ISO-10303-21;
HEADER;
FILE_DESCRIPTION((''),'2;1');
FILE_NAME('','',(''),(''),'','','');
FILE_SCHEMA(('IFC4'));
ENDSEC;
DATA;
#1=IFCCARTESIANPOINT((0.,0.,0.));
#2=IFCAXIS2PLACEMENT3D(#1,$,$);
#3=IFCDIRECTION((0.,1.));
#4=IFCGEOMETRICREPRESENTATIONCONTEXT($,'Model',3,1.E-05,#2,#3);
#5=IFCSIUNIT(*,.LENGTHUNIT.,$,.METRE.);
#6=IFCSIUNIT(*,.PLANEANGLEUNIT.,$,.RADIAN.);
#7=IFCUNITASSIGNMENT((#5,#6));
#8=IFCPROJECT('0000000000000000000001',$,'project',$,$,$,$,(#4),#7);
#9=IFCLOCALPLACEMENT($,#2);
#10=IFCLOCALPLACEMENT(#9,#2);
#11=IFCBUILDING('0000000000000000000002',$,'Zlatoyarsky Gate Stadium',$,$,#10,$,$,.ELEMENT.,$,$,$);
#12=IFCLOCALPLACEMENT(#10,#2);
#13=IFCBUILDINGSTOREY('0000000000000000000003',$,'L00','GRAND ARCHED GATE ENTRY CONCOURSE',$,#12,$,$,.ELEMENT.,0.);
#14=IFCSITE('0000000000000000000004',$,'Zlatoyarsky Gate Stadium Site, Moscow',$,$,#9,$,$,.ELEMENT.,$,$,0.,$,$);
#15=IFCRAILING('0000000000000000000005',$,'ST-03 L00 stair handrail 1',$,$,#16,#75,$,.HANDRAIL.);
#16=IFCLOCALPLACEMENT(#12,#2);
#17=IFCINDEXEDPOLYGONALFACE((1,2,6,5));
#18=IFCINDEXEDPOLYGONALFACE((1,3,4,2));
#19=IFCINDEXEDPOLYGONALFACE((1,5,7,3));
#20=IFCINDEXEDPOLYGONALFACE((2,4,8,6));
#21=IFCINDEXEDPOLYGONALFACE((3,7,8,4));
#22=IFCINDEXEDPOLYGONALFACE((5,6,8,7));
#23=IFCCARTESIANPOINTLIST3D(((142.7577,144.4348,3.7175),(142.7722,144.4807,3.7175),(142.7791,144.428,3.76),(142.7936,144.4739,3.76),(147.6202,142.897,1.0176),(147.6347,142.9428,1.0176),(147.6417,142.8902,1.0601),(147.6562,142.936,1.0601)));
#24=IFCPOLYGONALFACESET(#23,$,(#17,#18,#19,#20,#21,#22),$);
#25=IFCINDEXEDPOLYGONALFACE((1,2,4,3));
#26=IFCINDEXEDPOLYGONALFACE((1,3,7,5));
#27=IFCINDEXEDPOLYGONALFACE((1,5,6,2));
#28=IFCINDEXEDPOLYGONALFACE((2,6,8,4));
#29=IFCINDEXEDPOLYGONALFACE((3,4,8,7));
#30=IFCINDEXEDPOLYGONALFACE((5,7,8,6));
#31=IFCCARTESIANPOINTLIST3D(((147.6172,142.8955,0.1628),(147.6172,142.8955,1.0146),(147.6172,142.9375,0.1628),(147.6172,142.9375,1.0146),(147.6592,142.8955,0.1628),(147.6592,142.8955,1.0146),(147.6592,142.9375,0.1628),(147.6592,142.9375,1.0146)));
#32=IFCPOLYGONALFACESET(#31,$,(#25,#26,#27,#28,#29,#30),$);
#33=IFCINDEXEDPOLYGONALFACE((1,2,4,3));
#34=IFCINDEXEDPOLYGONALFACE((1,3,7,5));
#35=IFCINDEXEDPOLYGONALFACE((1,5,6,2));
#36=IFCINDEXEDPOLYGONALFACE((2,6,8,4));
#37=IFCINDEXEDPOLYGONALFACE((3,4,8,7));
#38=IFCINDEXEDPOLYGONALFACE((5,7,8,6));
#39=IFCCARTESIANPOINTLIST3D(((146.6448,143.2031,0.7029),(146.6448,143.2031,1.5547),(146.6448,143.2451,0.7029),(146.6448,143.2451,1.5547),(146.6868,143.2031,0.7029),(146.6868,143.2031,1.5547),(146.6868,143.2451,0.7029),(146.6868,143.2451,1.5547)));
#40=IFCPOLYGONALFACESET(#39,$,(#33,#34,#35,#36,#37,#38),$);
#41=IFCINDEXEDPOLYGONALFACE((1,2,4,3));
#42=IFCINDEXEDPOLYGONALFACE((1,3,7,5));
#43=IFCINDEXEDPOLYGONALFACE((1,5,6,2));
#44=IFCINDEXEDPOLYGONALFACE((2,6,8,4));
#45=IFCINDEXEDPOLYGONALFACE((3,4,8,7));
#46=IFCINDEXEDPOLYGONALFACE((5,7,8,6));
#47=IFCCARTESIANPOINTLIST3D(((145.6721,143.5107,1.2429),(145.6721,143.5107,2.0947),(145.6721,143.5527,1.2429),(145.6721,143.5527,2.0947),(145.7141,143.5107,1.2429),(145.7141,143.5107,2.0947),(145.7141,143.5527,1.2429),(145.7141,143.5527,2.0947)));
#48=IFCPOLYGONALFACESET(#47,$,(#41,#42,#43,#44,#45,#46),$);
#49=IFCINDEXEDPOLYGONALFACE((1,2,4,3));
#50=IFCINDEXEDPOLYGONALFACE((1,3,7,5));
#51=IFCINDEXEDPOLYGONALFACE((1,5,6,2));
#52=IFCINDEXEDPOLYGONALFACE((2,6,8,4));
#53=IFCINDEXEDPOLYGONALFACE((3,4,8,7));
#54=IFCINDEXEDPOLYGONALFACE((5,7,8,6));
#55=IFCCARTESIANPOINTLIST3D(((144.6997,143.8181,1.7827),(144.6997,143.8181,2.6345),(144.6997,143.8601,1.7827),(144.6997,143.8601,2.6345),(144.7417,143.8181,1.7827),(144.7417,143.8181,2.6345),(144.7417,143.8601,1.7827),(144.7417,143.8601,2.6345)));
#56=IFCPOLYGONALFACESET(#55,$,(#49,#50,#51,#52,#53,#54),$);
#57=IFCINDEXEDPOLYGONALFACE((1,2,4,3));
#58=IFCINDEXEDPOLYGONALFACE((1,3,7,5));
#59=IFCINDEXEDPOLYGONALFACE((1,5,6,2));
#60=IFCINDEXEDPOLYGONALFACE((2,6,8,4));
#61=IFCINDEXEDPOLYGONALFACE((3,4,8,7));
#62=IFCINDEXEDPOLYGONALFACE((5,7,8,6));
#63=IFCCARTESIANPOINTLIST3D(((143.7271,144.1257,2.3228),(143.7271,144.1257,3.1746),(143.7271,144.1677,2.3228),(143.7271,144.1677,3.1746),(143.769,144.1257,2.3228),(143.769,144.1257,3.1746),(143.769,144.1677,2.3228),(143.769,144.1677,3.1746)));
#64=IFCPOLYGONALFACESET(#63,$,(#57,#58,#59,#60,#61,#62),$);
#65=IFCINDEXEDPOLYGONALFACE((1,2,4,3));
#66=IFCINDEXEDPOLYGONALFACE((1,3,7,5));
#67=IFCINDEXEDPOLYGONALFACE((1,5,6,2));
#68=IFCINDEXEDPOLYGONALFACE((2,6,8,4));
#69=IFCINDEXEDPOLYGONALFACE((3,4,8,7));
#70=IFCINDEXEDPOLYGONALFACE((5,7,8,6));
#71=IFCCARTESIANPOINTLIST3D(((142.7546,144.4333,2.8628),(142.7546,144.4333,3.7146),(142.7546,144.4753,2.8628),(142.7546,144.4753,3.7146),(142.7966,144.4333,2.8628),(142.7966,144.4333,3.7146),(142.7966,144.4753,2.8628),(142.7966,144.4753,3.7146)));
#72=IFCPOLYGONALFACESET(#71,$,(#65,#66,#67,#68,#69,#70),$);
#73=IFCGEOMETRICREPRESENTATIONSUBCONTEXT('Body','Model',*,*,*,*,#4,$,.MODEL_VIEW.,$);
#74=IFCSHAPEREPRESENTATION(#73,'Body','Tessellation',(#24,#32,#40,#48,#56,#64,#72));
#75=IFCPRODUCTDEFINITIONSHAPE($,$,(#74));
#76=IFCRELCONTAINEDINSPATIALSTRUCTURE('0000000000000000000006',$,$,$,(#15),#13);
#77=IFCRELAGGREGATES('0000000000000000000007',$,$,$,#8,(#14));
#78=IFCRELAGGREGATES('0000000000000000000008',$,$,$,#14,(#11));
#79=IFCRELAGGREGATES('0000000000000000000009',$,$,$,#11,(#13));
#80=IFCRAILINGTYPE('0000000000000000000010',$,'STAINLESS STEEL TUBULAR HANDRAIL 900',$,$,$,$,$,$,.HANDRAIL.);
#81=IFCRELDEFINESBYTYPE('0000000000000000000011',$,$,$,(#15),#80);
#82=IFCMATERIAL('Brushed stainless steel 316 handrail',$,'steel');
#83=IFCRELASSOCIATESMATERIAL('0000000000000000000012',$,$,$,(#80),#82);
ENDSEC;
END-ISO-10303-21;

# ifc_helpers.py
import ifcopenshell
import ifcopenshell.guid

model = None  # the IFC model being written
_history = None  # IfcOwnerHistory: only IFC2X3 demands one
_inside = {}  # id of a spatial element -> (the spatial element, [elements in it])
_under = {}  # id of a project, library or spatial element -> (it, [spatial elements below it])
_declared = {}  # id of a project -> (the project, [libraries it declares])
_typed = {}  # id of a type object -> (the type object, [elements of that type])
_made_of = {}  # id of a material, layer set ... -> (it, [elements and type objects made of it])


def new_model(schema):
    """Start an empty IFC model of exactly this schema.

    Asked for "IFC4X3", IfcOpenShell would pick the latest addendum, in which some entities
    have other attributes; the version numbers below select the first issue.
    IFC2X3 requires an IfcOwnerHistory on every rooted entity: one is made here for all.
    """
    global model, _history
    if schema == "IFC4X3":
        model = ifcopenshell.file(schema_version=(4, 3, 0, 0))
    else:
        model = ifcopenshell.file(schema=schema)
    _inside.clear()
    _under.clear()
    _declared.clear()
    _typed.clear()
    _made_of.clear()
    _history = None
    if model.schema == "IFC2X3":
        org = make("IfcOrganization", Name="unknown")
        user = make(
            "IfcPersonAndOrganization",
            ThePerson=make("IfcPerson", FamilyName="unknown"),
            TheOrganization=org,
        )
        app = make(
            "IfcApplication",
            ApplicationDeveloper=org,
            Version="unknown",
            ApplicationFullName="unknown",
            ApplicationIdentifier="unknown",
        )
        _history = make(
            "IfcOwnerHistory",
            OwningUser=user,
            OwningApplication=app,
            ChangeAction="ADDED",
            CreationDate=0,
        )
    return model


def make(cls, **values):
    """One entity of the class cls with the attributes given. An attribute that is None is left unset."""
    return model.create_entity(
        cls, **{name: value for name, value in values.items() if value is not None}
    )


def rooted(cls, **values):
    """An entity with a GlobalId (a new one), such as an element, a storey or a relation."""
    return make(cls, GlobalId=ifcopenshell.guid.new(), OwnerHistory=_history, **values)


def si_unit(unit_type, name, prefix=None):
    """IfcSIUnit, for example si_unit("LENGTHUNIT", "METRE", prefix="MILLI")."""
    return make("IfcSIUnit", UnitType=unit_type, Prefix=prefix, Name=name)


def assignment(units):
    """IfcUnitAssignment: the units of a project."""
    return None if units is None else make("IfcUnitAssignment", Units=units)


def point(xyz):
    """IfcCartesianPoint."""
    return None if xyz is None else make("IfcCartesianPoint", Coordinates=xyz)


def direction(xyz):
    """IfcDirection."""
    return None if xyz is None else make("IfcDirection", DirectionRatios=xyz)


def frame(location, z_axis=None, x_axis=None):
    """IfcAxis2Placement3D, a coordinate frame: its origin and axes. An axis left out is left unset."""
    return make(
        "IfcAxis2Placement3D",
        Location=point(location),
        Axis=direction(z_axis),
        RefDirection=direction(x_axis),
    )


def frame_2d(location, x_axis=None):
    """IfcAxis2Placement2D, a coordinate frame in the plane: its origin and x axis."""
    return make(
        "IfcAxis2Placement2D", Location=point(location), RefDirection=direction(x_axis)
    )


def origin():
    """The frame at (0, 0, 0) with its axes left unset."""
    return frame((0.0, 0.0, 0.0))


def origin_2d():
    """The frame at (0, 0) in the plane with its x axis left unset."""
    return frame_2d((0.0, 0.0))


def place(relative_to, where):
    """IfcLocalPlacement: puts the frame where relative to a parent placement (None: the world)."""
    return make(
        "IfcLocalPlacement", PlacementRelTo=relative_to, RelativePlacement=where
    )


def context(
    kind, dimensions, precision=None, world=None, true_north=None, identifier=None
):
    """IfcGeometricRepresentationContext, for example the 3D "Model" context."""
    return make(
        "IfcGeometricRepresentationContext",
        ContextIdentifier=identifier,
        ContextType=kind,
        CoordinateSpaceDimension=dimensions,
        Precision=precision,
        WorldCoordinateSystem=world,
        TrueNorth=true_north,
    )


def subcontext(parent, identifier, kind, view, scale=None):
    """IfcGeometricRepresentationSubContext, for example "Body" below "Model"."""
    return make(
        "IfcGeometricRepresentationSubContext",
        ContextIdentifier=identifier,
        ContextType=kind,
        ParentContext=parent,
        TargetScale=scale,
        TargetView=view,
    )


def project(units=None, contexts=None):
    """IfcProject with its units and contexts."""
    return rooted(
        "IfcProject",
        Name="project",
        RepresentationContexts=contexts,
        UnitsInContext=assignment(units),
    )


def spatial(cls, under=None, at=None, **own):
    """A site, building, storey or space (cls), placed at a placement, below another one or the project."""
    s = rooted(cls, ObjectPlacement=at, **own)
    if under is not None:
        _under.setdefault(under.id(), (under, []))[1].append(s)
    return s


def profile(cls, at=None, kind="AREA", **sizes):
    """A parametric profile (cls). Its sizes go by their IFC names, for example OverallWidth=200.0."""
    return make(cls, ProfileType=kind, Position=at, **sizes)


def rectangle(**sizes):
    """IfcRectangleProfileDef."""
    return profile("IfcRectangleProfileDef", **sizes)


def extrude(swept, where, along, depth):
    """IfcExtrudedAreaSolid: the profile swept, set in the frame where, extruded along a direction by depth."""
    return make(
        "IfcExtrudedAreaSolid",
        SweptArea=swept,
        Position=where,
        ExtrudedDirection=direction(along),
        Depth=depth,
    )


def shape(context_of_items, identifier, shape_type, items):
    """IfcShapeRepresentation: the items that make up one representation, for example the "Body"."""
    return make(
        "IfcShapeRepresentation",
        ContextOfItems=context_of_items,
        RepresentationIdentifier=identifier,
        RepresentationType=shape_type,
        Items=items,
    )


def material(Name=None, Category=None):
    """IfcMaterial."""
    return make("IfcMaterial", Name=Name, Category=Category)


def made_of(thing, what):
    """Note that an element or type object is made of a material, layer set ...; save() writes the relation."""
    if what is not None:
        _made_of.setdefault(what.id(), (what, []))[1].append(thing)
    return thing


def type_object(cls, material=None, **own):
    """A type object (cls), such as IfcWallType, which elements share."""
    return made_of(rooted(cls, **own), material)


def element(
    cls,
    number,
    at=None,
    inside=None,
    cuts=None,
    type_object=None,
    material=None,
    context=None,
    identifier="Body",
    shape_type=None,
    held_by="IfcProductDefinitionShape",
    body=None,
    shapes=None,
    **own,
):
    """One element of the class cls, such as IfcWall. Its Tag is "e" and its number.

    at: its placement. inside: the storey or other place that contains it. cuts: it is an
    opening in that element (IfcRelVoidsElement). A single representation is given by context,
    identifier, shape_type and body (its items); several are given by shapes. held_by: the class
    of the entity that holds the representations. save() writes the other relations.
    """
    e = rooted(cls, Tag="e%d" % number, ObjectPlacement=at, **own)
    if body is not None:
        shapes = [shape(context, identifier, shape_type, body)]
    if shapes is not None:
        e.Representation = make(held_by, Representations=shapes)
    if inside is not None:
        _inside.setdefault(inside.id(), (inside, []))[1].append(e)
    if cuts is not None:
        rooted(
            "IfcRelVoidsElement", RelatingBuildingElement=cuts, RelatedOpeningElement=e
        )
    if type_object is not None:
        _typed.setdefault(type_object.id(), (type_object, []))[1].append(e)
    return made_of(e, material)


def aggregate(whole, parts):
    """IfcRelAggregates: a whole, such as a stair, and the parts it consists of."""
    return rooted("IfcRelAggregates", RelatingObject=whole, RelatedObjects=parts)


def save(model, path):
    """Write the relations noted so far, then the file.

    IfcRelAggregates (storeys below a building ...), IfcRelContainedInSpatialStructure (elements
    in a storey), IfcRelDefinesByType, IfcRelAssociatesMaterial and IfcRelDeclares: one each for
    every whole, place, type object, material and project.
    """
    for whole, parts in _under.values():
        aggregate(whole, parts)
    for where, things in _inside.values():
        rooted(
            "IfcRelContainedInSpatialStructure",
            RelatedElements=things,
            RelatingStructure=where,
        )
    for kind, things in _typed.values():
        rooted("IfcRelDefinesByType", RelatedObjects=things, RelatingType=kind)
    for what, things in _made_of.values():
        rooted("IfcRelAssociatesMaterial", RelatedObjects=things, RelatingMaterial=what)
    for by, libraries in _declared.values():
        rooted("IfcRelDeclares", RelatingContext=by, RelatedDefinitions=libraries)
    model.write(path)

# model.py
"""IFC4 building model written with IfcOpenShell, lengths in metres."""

from ifc_helpers import new_model, si_unit, direction, frame, origin, origin_2d, place, context, subcontext, project, spatial, rectangle, extrude, material, type_object, element, save


model = new_model("IFC4")

# Units and contexts
model_context = context("Model", 3, precision=1e-05, world=origin(), true_north=direction((0.0, 1.0)))
body_context = subcontext(model_context, "Body", "Model", "MODEL_VIEW")
ifc_project = project(units=[si_unit("LENGTHUNIT", "METRE"), si_unit("PLANEANGLEUNIT", "RADIAN")], contexts=[model_context])

# Site, building, storey
site_placement = place(None, origin())
site = spatial("IfcSite", under=ifc_project, at=site_placement, Name="Zlatoyarsky Gate Stadium Site, Moscow", CompositionType="ELEMENT", RefElevation=0.0)
building_placement = place(site_placement, origin())
building = spatial("IfcBuilding", under=site, at=building_placement, Name="Zlatoyarsky Gate Stadium", CompositionType="ELEMENT")
storey_placement = place(building_placement, origin())
storey = spatial("IfcBuildingStorey", under=building, at=storey_placement, Name="L00", Description="GRAND ARCHED GATE ENTRY CONCOURSE", CompositionType="ELEMENT", Elevation=0.0)

# Railing
ifc_material_1 = material(Name="Brushed stainless steel 316 handrail", Category="steel")
railing_type_1 = type_object("IfcRailingType", Name="STAINLESS STEEL TUBULAR HANDRAIL 900", PredefinedType="HANDRAIL", material=ifc_material_1)
railing_1_placement = place(storey_placement, frame((147.6382, 142.9165, 0.1628)))
element("IfcRailing", 1, at=railing_1_placement, inside=storey, type_object=railing_type_1, Name="ST-03 L00 stair handrail 1", PredefinedType="HANDRAIL", context=body_context, shape_type="SweptSolid", body=[
    extrude(rectangle(XDim=0.0481, YDim=0.0481, at=origin_2d()), frame((0.0, 0.0, 0.876), z_axis=(-0.842651, 0.266499, 0.467886), x_axis=(-0.301541, -0.953453, 0.0)), (0.0, 0.0, 1.0), 5.7705),
    extrude(rectangle(XDim=0.042, YDim=0.042, at=origin_2d()), origin(), (0.0, 0.0, 1.0), 0.8518),
    extrude(rectangle(XDim=0.042, YDim=0.042, at=origin_2d()), frame((-0.9724, 0.3076, 0.54)), (0.0, 0.0, 1.0), 0.8518),
    extrude(rectangle(XDim=0.042, YDim=0.042, at=origin_2d()), frame((-1.9451, 0.6152, 1.0801)), (0.0, 0.0, 1.0), 0.8518),
    extrude(rectangle(XDim=0.042, YDim=0.042, at=origin_2d()), frame((-2.9175, 0.9226, 1.6199)), (0.0, 0.0, 1.0), 0.8518),
    extrude(rectangle(XDim=0.042, YDim=0.042, at=origin_2d()), frame((-3.8901, 1.2302, 2.1599)), (0.0, 0.0, 1.0), 0.8518),
    extrude(rectangle(XDim=0.042, YDim=0.042, at=origin_2d()), frame((-4.8625, 1.5378, 2.7)), (0.0, 0.0, 1.0), 0.8518),
])

save(model, "model.ifc")
